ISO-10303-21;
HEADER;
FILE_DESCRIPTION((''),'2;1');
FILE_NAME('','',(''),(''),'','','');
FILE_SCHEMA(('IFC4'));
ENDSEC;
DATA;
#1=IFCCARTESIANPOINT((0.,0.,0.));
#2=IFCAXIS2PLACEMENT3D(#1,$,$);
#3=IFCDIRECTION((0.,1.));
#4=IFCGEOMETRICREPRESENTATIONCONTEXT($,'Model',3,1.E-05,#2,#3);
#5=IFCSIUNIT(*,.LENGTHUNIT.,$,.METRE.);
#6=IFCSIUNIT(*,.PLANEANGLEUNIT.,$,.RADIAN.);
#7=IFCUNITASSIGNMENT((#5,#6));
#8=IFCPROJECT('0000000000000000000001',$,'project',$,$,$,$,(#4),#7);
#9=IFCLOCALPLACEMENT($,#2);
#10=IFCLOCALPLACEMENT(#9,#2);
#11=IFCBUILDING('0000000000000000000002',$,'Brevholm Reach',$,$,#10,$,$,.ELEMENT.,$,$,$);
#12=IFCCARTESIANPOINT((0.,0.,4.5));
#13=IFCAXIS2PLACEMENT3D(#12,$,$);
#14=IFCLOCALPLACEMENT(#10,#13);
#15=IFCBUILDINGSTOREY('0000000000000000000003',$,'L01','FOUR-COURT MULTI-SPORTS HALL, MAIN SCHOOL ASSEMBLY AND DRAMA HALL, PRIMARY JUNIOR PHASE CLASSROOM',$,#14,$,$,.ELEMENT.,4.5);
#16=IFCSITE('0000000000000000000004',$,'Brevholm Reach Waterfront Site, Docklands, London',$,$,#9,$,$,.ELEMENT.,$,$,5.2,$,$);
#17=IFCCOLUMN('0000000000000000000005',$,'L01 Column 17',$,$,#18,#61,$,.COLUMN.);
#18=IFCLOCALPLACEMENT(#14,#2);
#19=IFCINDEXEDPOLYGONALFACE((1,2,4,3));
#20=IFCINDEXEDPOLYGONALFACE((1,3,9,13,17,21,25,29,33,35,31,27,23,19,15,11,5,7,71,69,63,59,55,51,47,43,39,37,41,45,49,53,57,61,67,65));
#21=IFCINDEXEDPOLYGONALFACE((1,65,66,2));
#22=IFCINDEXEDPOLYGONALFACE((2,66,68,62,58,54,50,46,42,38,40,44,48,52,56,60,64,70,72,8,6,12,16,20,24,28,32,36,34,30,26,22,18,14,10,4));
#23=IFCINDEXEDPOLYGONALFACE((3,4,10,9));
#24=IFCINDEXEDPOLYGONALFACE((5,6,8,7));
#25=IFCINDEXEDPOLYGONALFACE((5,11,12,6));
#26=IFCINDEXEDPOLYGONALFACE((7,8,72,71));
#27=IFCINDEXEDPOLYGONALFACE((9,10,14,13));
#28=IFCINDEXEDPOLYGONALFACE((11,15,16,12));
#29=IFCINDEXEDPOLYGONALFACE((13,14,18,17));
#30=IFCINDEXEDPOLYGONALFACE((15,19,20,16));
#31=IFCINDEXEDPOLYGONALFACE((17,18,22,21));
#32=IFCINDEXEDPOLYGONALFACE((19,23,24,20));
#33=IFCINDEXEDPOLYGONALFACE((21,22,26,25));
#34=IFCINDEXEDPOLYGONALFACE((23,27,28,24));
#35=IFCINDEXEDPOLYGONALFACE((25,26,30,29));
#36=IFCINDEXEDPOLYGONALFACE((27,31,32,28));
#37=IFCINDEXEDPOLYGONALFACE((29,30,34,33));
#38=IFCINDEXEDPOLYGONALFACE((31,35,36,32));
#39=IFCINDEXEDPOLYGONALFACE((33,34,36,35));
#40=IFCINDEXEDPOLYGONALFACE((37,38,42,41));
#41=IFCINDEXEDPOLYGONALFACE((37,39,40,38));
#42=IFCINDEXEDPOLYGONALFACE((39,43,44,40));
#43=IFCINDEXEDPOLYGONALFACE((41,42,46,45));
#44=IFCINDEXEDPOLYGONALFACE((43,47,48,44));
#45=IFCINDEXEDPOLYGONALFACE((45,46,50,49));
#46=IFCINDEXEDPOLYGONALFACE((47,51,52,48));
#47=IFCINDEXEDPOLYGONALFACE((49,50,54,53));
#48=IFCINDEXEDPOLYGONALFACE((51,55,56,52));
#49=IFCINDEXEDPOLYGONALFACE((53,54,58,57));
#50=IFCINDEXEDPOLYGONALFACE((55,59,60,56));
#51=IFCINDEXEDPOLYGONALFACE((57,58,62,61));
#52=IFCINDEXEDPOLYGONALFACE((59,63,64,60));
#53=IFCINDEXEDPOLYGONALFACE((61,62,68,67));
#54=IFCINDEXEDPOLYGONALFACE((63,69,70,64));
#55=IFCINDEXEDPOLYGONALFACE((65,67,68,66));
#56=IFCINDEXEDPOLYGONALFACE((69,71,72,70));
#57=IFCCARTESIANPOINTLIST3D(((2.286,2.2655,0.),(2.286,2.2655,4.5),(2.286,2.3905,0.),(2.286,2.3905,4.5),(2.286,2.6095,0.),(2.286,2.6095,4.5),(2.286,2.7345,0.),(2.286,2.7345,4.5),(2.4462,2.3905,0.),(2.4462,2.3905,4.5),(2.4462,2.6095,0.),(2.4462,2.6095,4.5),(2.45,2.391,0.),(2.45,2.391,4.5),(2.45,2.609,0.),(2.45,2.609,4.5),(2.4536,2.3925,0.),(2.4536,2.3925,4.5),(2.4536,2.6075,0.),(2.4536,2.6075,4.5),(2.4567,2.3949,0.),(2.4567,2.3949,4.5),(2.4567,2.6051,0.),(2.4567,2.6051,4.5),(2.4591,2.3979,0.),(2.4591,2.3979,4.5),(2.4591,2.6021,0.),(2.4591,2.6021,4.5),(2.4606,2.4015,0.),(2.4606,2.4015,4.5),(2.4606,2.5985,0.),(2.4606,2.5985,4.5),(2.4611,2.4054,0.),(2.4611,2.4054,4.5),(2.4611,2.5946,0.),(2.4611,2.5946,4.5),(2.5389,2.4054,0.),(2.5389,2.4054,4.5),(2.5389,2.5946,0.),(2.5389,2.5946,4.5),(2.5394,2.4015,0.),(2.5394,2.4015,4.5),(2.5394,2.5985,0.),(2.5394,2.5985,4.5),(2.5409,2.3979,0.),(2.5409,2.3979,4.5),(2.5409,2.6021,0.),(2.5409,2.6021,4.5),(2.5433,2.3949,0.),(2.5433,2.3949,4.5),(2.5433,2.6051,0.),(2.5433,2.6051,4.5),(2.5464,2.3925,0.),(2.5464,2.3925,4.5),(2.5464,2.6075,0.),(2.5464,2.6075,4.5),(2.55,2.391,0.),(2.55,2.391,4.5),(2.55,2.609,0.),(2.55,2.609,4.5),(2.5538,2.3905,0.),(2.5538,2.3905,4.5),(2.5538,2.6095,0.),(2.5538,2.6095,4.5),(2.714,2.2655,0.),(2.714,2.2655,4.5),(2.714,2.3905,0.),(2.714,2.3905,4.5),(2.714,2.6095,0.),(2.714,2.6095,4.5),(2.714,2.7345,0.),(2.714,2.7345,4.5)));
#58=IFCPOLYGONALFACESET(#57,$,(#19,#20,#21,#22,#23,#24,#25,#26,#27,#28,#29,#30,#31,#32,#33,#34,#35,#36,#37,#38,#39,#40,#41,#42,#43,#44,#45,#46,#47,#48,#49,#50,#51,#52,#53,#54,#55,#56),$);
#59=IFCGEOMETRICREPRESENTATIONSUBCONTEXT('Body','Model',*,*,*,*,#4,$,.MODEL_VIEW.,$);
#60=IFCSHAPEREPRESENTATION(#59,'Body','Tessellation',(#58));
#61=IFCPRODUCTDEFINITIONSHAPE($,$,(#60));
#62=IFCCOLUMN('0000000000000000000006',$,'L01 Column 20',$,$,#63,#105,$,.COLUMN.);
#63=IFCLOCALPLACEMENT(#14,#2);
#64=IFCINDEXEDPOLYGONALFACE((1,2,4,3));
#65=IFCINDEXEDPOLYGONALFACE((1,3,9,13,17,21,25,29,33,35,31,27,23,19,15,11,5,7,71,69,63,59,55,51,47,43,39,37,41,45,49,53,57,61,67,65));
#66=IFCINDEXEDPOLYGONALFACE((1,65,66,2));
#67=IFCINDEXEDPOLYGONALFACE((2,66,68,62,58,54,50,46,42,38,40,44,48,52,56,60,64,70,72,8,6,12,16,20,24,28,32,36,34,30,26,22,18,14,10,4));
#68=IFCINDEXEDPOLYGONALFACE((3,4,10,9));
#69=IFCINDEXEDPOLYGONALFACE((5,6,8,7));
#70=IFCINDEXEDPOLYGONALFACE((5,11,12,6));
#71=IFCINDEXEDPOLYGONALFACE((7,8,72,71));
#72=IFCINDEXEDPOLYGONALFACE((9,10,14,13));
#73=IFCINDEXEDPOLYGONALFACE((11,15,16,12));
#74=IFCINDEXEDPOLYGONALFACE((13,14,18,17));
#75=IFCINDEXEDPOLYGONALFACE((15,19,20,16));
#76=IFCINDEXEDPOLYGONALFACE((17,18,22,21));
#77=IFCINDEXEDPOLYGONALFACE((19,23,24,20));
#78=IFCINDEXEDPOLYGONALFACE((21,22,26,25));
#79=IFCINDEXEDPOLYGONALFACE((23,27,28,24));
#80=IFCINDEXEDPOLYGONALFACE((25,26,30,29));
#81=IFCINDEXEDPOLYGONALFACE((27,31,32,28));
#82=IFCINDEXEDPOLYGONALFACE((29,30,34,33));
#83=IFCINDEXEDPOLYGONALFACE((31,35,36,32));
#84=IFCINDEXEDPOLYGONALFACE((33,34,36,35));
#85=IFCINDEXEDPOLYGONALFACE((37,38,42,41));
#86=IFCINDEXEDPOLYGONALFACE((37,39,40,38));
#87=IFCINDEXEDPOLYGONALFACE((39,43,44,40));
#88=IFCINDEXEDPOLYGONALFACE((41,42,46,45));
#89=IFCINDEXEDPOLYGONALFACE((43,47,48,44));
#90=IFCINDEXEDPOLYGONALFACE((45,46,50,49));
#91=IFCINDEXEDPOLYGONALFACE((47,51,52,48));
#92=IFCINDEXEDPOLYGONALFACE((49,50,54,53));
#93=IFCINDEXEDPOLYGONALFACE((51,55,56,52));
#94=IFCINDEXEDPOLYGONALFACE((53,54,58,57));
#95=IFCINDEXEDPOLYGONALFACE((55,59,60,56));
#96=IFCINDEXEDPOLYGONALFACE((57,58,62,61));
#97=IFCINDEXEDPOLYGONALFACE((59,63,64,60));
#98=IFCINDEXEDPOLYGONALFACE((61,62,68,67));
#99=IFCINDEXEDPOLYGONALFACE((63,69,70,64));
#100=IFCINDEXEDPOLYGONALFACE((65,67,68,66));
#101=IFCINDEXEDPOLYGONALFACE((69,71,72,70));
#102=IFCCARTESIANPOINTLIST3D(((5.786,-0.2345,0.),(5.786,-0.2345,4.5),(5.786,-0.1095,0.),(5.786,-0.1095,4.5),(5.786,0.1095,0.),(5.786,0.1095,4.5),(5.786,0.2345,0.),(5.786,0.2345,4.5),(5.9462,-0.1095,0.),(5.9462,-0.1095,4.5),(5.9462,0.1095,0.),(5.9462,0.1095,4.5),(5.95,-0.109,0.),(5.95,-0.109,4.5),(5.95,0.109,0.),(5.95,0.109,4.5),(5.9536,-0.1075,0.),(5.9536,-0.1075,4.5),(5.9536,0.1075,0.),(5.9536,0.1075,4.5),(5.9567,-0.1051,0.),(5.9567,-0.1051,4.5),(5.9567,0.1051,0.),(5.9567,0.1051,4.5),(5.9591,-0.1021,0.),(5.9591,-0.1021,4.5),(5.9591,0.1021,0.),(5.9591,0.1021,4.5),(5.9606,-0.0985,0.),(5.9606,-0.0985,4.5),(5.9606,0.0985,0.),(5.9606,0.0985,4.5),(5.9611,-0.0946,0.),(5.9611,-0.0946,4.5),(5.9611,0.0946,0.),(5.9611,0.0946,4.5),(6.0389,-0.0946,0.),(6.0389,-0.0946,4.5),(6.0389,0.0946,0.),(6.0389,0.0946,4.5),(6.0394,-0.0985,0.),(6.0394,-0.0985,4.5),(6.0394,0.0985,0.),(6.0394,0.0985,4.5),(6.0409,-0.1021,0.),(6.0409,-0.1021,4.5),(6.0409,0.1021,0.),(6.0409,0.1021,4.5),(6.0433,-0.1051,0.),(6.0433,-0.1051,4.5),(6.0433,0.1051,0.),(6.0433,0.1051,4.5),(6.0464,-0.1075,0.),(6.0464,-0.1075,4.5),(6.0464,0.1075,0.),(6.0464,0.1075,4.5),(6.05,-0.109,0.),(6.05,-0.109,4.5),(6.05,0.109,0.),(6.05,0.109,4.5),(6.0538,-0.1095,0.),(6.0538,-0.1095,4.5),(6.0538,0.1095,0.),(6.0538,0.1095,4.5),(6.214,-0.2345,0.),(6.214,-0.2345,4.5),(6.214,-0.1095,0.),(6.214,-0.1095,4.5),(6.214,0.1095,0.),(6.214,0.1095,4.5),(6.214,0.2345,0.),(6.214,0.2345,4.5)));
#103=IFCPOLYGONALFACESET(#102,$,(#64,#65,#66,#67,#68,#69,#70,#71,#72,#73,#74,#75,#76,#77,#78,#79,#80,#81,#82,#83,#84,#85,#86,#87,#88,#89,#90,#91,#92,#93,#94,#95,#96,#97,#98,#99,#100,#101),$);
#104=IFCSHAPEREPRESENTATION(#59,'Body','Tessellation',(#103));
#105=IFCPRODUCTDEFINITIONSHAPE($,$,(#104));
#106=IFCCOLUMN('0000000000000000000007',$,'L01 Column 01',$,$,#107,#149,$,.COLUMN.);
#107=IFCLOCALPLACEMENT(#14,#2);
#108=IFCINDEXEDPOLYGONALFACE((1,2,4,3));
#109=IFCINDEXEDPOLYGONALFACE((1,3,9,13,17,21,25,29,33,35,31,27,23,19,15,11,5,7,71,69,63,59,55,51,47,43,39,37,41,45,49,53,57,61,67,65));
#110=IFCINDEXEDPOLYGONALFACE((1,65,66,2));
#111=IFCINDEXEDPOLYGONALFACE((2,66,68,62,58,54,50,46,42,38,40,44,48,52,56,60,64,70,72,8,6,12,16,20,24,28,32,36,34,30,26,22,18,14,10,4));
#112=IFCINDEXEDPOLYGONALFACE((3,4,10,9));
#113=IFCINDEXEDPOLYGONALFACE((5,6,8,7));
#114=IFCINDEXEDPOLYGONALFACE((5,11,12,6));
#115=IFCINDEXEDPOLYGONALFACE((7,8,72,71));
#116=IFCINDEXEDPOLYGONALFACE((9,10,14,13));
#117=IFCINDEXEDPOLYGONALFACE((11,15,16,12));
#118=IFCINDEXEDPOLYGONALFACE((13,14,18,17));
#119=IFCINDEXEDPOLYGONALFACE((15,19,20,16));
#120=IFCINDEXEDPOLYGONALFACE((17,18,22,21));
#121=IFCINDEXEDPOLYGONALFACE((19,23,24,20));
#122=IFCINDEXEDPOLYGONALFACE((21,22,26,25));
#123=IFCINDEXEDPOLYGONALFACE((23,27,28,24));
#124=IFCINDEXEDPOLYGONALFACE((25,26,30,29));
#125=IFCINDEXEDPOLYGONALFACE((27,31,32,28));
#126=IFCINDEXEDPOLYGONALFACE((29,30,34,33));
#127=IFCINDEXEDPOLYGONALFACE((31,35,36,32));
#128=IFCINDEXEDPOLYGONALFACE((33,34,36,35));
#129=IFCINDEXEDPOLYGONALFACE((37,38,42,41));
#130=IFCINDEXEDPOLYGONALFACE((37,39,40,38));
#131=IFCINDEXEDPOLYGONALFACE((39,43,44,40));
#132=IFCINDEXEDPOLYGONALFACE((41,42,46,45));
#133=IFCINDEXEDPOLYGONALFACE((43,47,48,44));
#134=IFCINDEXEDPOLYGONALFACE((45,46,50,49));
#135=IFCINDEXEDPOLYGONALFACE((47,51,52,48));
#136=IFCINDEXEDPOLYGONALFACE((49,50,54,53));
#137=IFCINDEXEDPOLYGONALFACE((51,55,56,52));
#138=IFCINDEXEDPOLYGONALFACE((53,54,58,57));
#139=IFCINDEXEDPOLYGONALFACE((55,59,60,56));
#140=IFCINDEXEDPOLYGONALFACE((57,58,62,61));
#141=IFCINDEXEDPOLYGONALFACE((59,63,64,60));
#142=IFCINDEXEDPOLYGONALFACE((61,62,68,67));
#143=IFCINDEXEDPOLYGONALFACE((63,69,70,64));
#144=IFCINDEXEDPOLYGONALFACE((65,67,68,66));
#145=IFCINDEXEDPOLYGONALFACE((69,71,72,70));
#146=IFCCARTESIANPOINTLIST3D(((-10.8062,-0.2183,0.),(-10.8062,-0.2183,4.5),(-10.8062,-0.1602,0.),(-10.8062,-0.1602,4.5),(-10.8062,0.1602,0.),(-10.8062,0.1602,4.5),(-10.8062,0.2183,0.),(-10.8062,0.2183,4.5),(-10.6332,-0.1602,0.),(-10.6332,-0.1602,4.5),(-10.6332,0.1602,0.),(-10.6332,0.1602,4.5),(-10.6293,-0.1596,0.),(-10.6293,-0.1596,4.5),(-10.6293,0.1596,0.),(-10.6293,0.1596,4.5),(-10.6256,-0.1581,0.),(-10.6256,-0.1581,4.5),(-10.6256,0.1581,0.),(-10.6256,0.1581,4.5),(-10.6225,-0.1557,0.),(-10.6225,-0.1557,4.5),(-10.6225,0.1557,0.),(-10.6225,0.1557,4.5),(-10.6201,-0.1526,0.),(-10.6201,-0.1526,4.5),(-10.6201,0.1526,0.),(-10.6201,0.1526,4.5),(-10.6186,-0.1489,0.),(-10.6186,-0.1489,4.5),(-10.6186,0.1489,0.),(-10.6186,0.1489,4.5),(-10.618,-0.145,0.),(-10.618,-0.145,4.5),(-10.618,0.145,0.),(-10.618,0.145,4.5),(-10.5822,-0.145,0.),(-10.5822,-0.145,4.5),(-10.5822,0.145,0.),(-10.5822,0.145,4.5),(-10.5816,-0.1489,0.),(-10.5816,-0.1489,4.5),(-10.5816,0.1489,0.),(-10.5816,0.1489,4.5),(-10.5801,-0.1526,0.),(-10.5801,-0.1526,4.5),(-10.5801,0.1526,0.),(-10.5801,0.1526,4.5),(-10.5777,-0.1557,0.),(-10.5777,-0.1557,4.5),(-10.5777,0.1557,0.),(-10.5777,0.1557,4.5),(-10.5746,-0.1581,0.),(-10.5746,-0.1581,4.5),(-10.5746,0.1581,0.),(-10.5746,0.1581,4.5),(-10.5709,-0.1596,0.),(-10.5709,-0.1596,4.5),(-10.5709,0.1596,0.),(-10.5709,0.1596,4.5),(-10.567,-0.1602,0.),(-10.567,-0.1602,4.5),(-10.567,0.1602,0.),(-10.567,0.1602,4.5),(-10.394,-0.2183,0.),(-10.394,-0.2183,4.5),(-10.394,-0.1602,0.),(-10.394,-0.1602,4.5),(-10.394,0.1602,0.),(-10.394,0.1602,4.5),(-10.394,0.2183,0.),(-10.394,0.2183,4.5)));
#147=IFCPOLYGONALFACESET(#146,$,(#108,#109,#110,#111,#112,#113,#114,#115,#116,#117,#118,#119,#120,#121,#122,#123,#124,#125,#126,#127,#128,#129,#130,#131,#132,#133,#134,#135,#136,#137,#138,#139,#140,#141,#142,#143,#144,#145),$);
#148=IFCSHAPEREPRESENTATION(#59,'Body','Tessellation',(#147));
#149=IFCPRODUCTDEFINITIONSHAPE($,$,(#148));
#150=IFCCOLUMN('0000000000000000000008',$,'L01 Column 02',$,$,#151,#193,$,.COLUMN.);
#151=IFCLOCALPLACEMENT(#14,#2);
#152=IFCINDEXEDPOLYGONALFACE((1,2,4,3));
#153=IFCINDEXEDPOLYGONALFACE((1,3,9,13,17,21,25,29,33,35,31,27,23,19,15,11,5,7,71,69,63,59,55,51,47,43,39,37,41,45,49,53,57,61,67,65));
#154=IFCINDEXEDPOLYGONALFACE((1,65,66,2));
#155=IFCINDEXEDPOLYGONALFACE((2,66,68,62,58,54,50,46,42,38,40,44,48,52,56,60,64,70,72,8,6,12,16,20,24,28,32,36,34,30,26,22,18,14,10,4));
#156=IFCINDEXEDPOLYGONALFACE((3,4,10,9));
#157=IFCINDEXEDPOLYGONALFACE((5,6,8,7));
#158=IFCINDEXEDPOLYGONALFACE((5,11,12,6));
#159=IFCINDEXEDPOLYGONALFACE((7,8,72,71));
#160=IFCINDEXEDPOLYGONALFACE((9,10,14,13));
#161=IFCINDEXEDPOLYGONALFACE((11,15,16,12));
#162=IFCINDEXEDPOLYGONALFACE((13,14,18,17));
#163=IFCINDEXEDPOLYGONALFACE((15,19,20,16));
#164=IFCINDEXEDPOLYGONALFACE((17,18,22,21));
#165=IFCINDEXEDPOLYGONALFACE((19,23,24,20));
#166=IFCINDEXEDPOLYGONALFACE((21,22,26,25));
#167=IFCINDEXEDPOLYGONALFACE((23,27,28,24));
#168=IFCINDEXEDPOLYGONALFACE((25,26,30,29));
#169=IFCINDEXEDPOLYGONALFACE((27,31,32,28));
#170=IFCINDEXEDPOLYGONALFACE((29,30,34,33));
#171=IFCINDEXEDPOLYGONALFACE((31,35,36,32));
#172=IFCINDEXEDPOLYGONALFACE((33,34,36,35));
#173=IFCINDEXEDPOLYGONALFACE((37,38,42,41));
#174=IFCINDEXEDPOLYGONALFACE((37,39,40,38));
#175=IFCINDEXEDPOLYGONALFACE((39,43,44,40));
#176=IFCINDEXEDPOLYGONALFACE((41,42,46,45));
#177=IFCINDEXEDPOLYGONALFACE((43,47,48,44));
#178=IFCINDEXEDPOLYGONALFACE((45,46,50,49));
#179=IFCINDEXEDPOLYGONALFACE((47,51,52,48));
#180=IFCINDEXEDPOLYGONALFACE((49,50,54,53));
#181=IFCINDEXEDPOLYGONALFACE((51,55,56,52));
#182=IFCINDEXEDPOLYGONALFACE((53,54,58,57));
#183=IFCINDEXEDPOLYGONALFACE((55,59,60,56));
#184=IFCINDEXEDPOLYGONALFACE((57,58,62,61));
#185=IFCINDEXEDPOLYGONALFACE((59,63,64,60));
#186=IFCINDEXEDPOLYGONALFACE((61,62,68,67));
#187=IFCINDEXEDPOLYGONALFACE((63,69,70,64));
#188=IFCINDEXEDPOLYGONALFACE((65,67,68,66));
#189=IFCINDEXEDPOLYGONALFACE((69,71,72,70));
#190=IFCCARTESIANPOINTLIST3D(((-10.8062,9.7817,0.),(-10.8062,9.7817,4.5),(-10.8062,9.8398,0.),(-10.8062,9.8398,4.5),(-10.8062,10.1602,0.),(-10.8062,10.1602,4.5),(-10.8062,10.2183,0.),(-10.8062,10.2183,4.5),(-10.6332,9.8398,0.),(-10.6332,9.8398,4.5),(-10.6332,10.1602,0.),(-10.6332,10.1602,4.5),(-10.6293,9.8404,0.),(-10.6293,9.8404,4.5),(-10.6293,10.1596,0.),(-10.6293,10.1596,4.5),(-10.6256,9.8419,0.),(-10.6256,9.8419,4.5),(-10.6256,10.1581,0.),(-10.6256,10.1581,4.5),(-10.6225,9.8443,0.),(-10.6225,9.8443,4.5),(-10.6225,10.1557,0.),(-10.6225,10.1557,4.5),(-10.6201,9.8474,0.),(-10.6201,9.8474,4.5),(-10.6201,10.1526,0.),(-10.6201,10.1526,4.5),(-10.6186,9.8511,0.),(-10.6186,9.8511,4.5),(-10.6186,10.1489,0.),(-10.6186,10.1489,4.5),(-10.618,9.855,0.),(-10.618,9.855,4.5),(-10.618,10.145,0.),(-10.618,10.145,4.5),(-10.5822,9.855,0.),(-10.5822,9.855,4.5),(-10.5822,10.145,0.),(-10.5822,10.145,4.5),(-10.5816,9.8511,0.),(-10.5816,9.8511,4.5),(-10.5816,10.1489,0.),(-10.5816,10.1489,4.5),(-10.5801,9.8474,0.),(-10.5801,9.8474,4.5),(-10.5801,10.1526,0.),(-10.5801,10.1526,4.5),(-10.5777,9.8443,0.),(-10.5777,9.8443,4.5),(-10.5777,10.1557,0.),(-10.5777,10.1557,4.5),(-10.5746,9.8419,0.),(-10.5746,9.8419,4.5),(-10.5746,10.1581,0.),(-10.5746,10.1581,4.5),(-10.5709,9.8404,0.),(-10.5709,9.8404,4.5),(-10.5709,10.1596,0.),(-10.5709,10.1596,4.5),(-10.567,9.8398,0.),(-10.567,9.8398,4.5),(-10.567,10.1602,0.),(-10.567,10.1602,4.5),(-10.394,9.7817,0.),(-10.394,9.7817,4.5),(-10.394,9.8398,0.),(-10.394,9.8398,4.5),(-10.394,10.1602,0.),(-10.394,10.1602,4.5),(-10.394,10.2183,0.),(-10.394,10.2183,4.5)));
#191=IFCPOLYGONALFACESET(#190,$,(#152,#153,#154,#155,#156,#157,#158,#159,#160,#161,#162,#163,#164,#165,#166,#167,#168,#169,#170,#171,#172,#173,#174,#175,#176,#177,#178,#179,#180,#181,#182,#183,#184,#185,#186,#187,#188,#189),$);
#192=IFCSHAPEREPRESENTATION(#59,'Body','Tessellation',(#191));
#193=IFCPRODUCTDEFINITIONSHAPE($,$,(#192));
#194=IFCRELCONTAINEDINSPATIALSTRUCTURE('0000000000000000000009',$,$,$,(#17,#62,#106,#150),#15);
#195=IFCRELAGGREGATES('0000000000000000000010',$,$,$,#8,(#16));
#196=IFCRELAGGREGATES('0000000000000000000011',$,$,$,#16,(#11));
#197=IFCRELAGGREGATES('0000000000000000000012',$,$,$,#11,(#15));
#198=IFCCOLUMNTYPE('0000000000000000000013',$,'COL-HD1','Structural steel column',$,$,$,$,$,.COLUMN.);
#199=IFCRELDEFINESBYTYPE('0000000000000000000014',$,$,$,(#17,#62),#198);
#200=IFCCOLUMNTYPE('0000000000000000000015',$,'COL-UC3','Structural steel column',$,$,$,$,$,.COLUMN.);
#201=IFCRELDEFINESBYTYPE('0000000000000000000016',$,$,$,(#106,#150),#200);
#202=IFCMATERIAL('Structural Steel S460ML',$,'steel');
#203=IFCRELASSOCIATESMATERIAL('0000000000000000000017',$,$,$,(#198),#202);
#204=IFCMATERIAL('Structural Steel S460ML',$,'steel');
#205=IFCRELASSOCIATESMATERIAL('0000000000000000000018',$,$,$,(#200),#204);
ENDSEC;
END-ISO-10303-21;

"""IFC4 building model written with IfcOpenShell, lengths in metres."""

from ifc_helpers import new_model, si_unit, direction, frame, origin, origin_2d, place, context, subcontext, project, spatial, i_section, extrude, material, material_profile, profile_set, type_object, element, save


model = new_model("IFC4")

# Units and contexts
model_context = context("Model", 3, precision=1e-05, world=origin(), true_north=direction((0.0, 1.0)))
body_context = subcontext(model_context, "Body", "Model", "MODEL_VIEW")
ifc_project = project(units=[si_unit("LENGTHUNIT", "METRE"), si_unit("PLANEANGLEUNIT", "RADIAN")], contexts=[model_context])

# Site, building, storey
site_placement = place(None, origin())
site = spatial("IfcSite", under=ifc_project, at=site_placement, Name="Brevholm Reach Waterfront Site, Docklands, London", CompositionType="ELEMENT", RefElevation=5.2)
building_placement = place(site_placement, origin())
building = spatial("IfcBuilding", under=site, at=building_placement, Name="Brevholm Reach", CompositionType="ELEMENT")
storey_placement = place(building_placement, frame((0.0, 0.0, 4.5)))
storey = spatial("IfcBuildingStorey", under=building, at=storey_placement, Name="L01", Description="FOUR-COURT MULTI-SPORTS HALL, MAIN SCHOOL ASSEMBLY AND DRAMA HALL, PRIMARY JUNIOR PHASE CLASSROOM", CompositionType="ELEMENT", Elevation=4.5)

# Columns
ifc_material_1 = material(Name="Structural Steel S460ML", Category="steel")
ifc_material_profile_1 = material_profile(ifc_material_1, i_section(OverallWidth=0.428, OverallDepth=0.469, WebThickness=0.0779, FlangeThickness=0.125, FilletRadius=0.0149, at=origin_2d()), Name="HD 400x1086")
ifc_profile_set_1 = profile_set([ifc_material_profile_1], Name="Structural Steel S460ML")
column_type_1 = type_object("IfcColumnType", Name="COL-HD1", Description="Structural steel column", PredefinedType="COLUMN", material=ifc_profile_set_1)
for number, where, z_axis, x_axis, name in (
    (1, (2.5, 2.5, 0.0), (0.0, 0.0, 1.0), (1.0, 0.0, 0.0), "L01 Column 17"),
    (2, (6.0, 0.0, 0.0), (0.0, 0.0, 1.0), (1.0, 0.0, 0.0), "L01 Column 20"),
):
    element("IfcColumn", number, at=place(storey_placement, frame(where, z_axis=z_axis, x_axis=x_axis)), inside=storey, type_object=column_type_1, Name=name, PredefinedType="COLUMN", context=body_context, shape_type="SweptSolid", body=[
        extrude(i_section(OverallWidth=0.428, OverallDepth=0.469, WebThickness=0.0779, FlangeThickness=0.125, FilletRadius=0.0149, at=origin_2d()), origin(), (0.0, 0.0, 1.0), 4.5),
    ])
ifc_material_2 = material(Name="Structural Steel S460ML", Category="steel")
ifc_material_profile_2 = material_profile(ifc_material_2, i_section(OverallWidth=0.4121, OverallDepth=0.4365, WebThickness=0.0359, FlangeThickness=0.0581, FilletRadius=0.0151, at=origin_2d()), Name="UKC 356x406x467")
ifc_profile_set_2 = profile_set([ifc_material_profile_2], Name="Structural Steel S460ML")
column_type_2 = type_object("IfcColumnType", Name="COL-UC3", Description="Structural steel column", PredefinedType="COLUMN", material=ifc_profile_set_2)
for number, where, z_axis, x_axis, name in (
    (3, (-10.6001, 0.0, 0.0), (0.0, 0.0, 1.0), (1.0, 0.0, 0.0), "L01 Column 01"),
    (4, (-10.6001, 10.0, 0.0), (0.0, 0.0, 1.0), (1.0, 0.0, 0.0), "L01 Column 02"),
):
    element("IfcColumn", number, at=place(storey_placement, frame(where, z_axis=z_axis, x_axis=x_axis)), inside=storey, type_object=column_type_2, Name=name, PredefinedType="COLUMN", context=body_context, shape_type="SweptSolid", body=[
        extrude(i_section(OverallWidth=0.4121, OverallDepth=0.4365, WebThickness=0.0359, FlangeThickness=0.0581, FilletRadius=0.0151, at=origin_2d()), origin(), (0.0, 0.0, 1.0), 4.5),
    ])

save(model, "model.ifc")
